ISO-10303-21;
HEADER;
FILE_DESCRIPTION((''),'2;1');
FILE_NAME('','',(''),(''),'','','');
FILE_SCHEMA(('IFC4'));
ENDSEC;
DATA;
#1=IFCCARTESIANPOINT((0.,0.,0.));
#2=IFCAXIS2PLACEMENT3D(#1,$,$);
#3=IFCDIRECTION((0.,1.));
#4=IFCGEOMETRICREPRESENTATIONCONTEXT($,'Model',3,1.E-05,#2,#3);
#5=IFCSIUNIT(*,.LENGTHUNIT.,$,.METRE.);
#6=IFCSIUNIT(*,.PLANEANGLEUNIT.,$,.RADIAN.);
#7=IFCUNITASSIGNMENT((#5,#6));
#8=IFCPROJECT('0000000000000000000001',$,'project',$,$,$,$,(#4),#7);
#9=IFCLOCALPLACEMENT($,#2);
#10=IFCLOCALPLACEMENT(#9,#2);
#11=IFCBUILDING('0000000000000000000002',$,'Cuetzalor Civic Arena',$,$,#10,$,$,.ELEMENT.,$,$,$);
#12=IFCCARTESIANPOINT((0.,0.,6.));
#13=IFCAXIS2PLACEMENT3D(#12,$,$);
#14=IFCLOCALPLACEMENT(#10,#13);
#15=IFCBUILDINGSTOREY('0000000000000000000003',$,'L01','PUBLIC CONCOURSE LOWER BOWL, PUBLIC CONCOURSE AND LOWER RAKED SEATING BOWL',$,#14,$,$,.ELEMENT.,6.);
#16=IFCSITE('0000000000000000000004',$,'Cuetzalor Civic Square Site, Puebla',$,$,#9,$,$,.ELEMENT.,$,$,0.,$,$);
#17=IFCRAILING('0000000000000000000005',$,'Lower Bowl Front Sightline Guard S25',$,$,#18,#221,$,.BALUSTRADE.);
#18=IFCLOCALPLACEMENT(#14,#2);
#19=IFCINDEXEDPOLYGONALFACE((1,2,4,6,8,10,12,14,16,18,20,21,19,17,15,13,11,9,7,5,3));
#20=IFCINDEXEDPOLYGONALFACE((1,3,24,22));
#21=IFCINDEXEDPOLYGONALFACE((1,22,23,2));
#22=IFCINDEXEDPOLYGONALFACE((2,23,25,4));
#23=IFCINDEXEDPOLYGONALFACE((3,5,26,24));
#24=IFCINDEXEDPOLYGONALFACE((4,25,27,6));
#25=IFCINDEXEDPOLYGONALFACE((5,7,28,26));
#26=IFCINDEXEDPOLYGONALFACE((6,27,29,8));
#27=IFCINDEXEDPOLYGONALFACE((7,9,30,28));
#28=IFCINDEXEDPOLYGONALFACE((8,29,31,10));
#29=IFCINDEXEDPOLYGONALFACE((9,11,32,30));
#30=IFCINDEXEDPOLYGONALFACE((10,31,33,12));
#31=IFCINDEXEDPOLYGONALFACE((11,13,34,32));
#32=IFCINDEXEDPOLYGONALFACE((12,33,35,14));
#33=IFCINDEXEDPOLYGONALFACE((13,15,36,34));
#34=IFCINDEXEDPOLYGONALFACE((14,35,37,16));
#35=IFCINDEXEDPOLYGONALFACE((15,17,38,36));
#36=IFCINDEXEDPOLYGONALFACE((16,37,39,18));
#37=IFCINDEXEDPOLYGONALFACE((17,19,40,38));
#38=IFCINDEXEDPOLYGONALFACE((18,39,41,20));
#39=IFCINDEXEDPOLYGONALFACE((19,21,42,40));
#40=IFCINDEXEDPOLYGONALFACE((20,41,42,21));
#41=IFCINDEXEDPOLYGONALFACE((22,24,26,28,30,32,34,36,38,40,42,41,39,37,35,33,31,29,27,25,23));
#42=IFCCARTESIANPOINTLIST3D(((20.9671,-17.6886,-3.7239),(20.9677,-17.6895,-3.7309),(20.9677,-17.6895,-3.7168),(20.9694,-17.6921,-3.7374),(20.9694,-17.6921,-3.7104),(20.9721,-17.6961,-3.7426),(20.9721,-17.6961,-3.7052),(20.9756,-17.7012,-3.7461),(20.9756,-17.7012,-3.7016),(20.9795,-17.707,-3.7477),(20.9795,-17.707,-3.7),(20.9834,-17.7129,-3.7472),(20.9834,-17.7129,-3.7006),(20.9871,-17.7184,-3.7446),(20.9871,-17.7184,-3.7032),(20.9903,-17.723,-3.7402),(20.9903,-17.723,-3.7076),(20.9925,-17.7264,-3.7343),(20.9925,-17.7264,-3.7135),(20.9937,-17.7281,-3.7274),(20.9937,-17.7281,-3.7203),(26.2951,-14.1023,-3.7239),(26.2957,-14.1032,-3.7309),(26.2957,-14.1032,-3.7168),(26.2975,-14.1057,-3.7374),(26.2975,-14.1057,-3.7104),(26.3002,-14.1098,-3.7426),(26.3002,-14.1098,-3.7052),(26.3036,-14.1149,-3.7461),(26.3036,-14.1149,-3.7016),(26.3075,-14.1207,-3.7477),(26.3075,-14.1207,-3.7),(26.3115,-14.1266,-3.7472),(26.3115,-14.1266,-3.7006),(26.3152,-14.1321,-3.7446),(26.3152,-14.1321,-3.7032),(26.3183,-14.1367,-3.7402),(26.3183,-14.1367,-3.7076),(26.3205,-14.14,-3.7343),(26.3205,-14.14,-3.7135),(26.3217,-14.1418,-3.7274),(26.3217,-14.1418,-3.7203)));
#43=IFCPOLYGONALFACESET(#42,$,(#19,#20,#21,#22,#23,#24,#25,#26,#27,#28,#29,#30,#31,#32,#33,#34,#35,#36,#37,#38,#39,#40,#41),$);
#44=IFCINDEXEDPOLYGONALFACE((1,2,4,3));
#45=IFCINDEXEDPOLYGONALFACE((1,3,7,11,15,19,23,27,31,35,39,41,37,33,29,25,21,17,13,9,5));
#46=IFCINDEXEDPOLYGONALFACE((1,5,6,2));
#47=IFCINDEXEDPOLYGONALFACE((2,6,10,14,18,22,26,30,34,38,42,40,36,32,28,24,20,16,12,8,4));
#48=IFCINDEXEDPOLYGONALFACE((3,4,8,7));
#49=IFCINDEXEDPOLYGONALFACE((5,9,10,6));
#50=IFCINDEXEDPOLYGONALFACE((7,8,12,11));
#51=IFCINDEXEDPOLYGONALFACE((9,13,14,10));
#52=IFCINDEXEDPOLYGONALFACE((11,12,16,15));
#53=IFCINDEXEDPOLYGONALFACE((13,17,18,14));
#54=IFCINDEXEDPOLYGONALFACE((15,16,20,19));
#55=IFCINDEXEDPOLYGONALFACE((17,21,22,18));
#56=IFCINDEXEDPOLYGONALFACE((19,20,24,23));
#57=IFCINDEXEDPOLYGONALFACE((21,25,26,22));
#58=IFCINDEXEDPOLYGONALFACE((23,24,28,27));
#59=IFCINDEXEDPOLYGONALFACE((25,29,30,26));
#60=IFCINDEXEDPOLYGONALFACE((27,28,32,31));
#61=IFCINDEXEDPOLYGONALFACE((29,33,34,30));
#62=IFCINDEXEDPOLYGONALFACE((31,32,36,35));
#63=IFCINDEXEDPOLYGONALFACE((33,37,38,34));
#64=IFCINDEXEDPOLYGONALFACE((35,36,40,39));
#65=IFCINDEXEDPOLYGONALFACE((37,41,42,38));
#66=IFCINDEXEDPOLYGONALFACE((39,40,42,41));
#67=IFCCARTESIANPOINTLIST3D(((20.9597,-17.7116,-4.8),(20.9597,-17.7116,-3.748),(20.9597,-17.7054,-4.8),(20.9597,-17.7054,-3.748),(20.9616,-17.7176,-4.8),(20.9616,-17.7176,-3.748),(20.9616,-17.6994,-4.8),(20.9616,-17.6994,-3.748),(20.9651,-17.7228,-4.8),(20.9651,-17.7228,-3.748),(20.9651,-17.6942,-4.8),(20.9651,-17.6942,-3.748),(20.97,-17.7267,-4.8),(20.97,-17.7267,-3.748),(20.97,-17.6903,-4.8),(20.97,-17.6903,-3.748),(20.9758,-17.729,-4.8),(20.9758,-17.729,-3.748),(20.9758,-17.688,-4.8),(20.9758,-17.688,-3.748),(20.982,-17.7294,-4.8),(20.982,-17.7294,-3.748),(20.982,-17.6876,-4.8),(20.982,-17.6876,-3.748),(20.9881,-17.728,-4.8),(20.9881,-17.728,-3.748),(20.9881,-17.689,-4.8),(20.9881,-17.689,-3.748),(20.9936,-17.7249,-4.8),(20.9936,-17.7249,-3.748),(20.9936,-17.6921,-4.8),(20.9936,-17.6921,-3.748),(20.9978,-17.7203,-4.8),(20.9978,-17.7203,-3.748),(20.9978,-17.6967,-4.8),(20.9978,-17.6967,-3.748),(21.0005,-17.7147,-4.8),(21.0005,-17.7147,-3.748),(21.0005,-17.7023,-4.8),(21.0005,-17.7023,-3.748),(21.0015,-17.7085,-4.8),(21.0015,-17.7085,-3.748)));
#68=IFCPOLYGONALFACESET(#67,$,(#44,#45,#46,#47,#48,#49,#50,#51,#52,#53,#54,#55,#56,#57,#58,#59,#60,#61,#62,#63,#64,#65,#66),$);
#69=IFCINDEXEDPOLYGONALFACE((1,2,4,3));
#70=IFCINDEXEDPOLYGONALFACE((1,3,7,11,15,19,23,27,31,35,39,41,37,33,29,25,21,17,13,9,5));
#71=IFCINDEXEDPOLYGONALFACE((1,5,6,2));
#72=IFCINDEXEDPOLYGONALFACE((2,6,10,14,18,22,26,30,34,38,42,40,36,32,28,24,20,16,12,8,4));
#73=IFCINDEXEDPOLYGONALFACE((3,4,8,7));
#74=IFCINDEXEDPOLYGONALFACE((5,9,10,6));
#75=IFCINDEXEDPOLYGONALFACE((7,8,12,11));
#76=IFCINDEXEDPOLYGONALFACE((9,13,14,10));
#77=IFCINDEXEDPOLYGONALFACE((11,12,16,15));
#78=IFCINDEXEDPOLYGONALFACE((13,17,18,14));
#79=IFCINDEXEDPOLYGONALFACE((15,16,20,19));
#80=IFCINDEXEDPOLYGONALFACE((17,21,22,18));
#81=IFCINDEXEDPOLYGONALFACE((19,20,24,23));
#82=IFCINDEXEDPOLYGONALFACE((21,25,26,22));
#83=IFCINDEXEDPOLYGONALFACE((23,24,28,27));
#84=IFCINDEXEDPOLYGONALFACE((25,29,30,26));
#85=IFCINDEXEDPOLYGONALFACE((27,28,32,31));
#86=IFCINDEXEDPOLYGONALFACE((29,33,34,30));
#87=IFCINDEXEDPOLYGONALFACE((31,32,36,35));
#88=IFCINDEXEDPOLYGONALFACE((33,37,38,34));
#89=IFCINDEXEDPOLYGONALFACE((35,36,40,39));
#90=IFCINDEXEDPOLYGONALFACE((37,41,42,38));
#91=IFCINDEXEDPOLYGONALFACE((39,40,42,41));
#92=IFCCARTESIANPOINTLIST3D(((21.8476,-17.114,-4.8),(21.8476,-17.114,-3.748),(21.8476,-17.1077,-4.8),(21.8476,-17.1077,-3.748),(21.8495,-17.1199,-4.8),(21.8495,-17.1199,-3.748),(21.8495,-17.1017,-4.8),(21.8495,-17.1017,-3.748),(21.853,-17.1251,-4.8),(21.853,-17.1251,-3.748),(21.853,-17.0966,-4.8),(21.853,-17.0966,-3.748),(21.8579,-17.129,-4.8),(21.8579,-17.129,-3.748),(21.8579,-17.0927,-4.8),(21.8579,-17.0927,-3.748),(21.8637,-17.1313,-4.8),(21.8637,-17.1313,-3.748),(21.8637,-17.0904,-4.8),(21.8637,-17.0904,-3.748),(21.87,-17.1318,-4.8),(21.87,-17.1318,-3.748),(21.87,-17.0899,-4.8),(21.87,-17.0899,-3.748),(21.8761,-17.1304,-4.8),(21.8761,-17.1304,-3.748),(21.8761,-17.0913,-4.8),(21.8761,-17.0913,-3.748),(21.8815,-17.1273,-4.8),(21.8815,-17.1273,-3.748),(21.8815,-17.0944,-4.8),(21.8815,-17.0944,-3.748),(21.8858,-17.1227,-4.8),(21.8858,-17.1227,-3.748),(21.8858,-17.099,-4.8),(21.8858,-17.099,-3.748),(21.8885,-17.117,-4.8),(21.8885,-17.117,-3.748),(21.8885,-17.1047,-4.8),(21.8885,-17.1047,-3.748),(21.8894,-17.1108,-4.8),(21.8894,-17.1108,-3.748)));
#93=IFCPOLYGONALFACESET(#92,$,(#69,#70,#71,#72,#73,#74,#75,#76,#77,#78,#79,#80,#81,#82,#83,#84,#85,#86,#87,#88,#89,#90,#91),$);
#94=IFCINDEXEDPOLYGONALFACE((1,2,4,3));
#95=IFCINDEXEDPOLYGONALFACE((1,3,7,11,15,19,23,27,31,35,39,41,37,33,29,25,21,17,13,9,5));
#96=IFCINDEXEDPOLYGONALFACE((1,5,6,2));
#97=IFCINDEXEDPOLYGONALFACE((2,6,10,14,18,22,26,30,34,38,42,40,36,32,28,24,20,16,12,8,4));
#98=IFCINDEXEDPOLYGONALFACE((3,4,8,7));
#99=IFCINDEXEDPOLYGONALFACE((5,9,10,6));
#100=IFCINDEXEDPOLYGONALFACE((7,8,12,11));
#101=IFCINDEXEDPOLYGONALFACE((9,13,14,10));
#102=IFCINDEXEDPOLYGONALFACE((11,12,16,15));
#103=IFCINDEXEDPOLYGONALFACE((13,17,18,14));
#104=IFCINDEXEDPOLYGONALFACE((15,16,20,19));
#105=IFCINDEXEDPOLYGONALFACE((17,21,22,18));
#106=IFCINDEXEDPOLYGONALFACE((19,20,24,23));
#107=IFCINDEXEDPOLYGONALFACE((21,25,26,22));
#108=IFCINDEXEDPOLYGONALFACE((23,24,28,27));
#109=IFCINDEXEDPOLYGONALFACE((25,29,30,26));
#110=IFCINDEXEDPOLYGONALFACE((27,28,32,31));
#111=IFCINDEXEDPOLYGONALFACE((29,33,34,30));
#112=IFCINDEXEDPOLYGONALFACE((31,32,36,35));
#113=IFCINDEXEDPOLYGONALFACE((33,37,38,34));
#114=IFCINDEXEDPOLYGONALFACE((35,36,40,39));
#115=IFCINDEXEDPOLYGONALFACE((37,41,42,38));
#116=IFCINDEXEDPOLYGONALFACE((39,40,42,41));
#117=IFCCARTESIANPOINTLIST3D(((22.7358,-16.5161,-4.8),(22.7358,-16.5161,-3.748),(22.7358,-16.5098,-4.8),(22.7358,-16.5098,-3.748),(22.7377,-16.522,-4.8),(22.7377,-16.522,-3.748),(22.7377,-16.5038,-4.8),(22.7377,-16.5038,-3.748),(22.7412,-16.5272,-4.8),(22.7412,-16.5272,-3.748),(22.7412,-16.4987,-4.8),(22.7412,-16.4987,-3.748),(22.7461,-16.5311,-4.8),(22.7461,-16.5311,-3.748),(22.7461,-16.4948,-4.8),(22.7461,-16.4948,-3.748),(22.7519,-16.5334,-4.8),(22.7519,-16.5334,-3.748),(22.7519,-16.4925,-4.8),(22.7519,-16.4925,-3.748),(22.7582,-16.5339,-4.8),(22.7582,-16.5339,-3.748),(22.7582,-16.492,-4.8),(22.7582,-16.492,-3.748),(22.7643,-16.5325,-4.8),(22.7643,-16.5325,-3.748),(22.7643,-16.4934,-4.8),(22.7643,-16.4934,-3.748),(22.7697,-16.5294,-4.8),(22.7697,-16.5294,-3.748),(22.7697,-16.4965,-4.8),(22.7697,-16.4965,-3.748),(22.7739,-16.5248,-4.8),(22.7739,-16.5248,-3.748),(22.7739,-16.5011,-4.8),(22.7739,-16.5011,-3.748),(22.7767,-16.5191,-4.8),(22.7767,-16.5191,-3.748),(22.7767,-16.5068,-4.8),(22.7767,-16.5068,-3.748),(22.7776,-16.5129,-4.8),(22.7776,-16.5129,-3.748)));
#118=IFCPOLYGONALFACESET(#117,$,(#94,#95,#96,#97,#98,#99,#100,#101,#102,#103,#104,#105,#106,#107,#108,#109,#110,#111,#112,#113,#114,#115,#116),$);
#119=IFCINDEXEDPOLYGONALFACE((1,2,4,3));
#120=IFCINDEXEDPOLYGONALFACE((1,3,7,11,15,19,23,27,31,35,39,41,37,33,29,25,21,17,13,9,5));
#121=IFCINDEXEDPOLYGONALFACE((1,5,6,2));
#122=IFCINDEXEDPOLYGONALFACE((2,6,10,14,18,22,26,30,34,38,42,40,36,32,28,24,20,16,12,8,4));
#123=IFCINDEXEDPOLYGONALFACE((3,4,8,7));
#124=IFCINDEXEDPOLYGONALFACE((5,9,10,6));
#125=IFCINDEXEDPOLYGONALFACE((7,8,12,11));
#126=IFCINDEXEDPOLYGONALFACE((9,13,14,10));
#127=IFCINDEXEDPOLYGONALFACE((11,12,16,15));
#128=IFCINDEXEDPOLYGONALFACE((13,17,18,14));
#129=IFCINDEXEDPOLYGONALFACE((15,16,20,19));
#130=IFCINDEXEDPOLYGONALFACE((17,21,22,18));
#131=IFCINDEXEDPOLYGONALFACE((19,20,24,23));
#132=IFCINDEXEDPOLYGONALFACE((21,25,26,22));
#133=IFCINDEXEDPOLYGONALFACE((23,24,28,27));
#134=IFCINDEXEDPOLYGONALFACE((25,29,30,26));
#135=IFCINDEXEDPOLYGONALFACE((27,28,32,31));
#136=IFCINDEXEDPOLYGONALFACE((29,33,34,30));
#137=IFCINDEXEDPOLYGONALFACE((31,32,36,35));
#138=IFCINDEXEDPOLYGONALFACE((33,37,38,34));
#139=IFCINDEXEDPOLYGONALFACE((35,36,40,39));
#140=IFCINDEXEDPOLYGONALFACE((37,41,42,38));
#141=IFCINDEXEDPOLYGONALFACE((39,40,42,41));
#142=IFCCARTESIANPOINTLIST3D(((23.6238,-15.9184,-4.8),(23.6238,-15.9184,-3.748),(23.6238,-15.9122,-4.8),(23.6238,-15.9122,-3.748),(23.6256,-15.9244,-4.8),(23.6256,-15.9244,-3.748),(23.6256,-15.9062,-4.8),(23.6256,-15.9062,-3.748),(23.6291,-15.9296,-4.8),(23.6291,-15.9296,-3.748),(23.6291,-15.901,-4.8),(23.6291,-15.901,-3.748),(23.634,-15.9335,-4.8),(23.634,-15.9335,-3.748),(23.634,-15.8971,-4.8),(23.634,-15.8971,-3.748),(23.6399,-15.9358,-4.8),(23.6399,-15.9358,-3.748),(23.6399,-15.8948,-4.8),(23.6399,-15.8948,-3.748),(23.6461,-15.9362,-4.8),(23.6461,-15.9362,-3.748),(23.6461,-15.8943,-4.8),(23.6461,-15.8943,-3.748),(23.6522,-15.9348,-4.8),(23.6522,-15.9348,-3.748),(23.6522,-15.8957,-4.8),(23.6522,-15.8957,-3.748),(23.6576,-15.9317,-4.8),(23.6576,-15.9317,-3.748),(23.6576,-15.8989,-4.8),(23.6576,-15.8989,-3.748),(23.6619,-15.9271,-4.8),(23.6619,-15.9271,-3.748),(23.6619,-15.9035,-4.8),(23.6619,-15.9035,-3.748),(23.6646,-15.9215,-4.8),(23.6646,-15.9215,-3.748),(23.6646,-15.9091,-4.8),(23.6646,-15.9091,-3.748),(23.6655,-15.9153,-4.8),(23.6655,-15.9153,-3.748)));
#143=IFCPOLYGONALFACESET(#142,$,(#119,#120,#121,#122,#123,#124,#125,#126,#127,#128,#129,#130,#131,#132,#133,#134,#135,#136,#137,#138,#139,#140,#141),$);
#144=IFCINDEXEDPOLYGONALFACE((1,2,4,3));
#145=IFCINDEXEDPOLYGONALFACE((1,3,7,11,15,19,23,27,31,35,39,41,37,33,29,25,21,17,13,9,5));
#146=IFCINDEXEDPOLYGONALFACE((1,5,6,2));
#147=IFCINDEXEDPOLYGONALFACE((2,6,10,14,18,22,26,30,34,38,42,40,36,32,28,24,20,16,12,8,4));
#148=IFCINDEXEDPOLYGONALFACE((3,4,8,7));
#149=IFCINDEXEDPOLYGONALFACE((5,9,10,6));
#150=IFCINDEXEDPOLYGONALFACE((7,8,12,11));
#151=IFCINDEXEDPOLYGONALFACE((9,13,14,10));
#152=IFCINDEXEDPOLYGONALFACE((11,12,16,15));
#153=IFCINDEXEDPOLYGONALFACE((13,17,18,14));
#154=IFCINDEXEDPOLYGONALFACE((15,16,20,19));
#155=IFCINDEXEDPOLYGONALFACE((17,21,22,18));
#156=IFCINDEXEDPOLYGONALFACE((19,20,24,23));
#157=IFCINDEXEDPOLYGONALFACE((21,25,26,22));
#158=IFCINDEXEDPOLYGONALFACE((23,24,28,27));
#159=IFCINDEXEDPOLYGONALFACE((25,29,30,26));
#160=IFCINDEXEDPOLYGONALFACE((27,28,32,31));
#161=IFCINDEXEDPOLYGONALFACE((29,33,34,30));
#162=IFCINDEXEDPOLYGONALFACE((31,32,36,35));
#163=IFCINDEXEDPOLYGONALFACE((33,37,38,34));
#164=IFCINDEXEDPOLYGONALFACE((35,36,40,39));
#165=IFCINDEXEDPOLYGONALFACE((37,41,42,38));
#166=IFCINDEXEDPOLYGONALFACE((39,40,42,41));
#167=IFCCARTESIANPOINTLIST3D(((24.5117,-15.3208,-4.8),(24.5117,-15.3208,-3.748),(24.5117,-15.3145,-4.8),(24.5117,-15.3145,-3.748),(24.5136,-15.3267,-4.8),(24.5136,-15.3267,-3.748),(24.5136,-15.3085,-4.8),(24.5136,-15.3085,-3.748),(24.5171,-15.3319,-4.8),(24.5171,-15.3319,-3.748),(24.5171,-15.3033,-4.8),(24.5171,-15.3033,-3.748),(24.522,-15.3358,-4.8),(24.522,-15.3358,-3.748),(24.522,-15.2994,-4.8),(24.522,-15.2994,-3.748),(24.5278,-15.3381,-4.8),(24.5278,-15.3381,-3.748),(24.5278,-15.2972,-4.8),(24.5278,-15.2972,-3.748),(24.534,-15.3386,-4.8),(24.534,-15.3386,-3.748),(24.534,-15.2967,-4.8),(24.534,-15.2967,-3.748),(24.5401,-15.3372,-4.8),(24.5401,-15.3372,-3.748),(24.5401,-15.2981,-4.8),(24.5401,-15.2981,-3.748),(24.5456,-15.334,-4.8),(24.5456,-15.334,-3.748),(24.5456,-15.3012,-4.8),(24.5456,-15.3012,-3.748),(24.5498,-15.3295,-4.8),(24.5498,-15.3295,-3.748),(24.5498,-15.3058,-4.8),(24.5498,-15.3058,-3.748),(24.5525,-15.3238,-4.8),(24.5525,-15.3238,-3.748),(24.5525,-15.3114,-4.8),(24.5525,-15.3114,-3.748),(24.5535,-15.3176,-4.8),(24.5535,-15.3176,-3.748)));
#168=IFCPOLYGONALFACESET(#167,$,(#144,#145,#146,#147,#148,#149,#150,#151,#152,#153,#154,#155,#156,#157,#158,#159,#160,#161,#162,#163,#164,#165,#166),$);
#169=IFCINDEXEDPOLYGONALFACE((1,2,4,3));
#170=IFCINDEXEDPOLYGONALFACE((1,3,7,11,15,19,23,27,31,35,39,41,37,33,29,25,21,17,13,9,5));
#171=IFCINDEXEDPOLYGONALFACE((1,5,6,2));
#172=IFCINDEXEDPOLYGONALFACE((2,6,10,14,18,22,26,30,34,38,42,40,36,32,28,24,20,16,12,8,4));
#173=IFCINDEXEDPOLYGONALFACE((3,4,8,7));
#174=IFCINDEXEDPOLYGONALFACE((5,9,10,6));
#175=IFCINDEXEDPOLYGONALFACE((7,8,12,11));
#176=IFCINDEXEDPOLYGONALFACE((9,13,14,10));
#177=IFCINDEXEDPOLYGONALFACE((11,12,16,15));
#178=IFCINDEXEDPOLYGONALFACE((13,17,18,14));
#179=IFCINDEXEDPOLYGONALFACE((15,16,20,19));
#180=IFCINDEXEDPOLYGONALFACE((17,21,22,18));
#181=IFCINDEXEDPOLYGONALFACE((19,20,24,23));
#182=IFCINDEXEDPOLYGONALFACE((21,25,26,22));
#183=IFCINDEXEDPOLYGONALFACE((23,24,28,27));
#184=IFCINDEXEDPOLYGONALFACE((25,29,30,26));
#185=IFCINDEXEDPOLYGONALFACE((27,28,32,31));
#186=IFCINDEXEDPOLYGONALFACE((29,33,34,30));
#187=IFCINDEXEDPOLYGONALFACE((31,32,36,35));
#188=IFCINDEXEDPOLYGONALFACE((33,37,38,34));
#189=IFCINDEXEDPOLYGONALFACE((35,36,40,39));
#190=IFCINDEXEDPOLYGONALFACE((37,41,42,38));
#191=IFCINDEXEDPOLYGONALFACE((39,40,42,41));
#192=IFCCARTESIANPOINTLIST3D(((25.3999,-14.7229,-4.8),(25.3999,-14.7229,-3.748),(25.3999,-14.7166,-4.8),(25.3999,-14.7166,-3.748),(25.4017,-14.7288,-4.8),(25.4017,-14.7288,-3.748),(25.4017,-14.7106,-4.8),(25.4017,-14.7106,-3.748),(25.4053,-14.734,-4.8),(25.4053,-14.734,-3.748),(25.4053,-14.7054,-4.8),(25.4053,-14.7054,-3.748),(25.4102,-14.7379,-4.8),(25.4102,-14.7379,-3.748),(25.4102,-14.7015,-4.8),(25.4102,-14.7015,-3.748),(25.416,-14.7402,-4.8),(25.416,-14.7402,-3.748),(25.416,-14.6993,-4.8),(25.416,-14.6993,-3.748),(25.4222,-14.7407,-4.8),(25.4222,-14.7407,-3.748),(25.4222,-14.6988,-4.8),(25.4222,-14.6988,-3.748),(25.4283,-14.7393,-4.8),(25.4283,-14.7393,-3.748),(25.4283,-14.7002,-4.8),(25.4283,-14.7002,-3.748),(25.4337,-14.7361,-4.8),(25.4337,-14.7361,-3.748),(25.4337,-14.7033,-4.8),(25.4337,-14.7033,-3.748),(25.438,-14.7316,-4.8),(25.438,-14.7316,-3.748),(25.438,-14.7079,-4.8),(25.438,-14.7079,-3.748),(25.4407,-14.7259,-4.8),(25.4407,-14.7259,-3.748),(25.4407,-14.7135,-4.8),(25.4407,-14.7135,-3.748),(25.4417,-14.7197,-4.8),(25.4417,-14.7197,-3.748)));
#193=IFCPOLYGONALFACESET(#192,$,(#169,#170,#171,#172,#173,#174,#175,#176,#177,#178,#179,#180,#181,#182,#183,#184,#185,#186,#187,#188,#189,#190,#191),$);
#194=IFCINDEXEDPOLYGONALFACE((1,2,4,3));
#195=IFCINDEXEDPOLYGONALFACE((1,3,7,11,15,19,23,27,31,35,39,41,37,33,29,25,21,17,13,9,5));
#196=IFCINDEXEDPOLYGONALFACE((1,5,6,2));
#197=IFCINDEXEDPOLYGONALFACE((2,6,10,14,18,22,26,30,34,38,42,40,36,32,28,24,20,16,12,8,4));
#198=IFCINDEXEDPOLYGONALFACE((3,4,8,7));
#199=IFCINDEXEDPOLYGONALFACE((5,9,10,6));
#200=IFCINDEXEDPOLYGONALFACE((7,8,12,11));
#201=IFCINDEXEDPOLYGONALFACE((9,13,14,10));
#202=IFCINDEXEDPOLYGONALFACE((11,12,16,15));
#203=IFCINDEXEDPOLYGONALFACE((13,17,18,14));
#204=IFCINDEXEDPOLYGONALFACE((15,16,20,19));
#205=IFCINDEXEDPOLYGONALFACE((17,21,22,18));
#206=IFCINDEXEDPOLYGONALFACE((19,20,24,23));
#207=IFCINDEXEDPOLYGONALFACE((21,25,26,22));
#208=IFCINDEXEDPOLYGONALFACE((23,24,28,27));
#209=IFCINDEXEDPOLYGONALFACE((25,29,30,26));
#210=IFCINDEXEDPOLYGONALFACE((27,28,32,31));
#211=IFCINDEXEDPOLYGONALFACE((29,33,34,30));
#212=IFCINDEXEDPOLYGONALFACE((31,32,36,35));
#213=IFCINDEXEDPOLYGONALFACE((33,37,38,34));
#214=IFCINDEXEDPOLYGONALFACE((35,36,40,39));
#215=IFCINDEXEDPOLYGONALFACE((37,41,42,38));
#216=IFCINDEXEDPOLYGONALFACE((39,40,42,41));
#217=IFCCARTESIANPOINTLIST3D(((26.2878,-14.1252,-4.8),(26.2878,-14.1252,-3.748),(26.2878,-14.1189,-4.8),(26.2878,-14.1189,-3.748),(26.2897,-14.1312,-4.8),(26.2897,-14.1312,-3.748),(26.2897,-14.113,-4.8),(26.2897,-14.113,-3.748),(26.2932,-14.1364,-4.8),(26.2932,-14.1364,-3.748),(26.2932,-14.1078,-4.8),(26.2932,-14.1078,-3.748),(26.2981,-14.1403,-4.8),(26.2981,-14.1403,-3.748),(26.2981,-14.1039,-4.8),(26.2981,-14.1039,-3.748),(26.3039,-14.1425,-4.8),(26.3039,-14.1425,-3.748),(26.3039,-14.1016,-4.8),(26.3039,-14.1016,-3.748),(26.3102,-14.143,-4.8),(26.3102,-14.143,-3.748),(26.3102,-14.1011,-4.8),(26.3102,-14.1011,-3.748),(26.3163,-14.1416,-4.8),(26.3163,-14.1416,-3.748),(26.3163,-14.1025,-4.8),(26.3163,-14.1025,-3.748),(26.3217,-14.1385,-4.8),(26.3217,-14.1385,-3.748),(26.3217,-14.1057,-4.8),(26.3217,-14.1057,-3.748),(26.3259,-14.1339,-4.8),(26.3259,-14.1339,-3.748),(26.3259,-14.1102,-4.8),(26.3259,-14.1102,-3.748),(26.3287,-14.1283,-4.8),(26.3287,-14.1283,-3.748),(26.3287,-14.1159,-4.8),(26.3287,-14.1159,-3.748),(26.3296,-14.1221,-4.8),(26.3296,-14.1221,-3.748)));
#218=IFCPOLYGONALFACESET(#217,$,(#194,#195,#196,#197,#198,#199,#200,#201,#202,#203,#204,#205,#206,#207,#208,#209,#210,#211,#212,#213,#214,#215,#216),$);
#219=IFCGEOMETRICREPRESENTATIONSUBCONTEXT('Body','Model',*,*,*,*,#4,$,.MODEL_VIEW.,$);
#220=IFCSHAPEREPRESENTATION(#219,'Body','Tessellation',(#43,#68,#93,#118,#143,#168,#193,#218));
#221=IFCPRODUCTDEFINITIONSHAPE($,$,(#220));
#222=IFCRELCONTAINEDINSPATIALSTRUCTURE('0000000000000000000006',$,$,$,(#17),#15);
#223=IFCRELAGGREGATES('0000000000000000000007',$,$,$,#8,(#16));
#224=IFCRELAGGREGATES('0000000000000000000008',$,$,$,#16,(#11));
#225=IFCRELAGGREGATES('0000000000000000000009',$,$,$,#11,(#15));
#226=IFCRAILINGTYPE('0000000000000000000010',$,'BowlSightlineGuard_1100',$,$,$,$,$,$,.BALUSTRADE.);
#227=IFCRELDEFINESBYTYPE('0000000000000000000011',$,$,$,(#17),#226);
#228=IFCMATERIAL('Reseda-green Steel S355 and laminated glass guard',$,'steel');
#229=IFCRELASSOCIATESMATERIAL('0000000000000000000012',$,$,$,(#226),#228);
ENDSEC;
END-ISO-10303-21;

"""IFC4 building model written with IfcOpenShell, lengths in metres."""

from ifc_helpers import new_model, si_unit, direction, frame, origin, origin_2d, place, context, subcontext, project, spatial, circle, extrude, material, type_object, element, save


model = new_model("IFC4")

# Units and contexts
model_context = context("Model", 3, precision=1e-05, world=origin(), true_north=direction((0.0, 1.0)))
body_context = subcontext(model_context, "Body", "Model", "MODEL_VIEW")
ifc_project = project(units=[si_unit("LENGTHUNIT", "METRE"), si_unit("PLANEANGLEUNIT", "RADIAN")], contexts=[model_context])

# Site, building, storey
site_placement = place(None, origin())
site = spatial("IfcSite", under=ifc_project, at=site_placement, Name="Cuetzalor Civic Square Site, Puebla", CompositionType="ELEMENT", RefElevation=0.0)
building_placement = place(site_placement, origin())
building = spatial("IfcBuilding", under=site, at=building_placement, Name="Cuetzalor Civic Arena", CompositionType="ELEMENT")
storey_placement = place(building_placement, frame((0.0, 0.0, 6.0)))
storey = spatial("IfcBuildingStorey", under=building, at=storey_placement, Name="L01", Description="PUBLIC CONCOURSE LOWER BOWL, PUBLIC CONCOURSE AND LOWER RAKED SEATING BOWL", CompositionType="ELEMENT", Elevation=6.0)

# Railing
ifc_material_1 = material(Name="Reseda-green Steel S355 and laminated glass guard", Category="steel")
railing_type_1 = type_object("IfcRailingType", Name="BowlSightlineGuard_1100", PredefinedType="BALUSTRADE", material=ifc_material_1)
railing_1_placement = place(storey_placement, frame((20.9805, -17.7085, -4.8)))
element("IfcRailing", 1, at=railing_1_placement, inside=storey, type_object=railing_type_1, Name="Lower Bowl Front Sightline Guard S25", PredefinedType="BALUSTRADE", context=body_context, shape_type="SweptSolid", body=[
    extrude(circle(Radius=0.0239, at=origin_2d()), frame((0.0, 0.0, 1.0762), z_axis=(0.829574, 0.558396, 0.0), x_axis=(-0.558396, 0.829574, 0.0)), (0.0, 0.0, 1.0), 6.4226),
    extrude(circle(Radius=0.021, at=origin_2d()), origin(), (0.0, 0.0, 1.0), 1.052),
    extrude(circle(Radius=0.021, at=origin_2d()), frame((0.8879, 0.5977, 0.0)), (0.0, 0.0, 1.0), 1.052),
    extrude(circle(Radius=0.021, at=origin_2d()), frame((1.7761, 1.1956, 0.0)), (0.0, 0.0, 1.0), 1.052),
    extrude(circle(Radius=0.021, at=origin_2d()), frame((2.6641, 1.7932, 0.0)), (0.0, 0.0, 1.0), 1.052),
    extrude(circle(Radius=0.021, at=origin_2d()), frame((3.552, 2.3909, 0.0)), (0.0, 0.0, 1.0), 1.052),
    extrude(circle(Radius=0.021, at=origin_2d()), frame((4.4402, 2.9888, 0.0)), (0.0, 0.0, 1.0), 1.052),
    extrude(circle(Radius=0.021, at=origin_2d()), frame((5.3281, 3.5864, 0.0)), (0.0, 0.0, 1.0), 1.052),
])

save(model, "model.ifc")
